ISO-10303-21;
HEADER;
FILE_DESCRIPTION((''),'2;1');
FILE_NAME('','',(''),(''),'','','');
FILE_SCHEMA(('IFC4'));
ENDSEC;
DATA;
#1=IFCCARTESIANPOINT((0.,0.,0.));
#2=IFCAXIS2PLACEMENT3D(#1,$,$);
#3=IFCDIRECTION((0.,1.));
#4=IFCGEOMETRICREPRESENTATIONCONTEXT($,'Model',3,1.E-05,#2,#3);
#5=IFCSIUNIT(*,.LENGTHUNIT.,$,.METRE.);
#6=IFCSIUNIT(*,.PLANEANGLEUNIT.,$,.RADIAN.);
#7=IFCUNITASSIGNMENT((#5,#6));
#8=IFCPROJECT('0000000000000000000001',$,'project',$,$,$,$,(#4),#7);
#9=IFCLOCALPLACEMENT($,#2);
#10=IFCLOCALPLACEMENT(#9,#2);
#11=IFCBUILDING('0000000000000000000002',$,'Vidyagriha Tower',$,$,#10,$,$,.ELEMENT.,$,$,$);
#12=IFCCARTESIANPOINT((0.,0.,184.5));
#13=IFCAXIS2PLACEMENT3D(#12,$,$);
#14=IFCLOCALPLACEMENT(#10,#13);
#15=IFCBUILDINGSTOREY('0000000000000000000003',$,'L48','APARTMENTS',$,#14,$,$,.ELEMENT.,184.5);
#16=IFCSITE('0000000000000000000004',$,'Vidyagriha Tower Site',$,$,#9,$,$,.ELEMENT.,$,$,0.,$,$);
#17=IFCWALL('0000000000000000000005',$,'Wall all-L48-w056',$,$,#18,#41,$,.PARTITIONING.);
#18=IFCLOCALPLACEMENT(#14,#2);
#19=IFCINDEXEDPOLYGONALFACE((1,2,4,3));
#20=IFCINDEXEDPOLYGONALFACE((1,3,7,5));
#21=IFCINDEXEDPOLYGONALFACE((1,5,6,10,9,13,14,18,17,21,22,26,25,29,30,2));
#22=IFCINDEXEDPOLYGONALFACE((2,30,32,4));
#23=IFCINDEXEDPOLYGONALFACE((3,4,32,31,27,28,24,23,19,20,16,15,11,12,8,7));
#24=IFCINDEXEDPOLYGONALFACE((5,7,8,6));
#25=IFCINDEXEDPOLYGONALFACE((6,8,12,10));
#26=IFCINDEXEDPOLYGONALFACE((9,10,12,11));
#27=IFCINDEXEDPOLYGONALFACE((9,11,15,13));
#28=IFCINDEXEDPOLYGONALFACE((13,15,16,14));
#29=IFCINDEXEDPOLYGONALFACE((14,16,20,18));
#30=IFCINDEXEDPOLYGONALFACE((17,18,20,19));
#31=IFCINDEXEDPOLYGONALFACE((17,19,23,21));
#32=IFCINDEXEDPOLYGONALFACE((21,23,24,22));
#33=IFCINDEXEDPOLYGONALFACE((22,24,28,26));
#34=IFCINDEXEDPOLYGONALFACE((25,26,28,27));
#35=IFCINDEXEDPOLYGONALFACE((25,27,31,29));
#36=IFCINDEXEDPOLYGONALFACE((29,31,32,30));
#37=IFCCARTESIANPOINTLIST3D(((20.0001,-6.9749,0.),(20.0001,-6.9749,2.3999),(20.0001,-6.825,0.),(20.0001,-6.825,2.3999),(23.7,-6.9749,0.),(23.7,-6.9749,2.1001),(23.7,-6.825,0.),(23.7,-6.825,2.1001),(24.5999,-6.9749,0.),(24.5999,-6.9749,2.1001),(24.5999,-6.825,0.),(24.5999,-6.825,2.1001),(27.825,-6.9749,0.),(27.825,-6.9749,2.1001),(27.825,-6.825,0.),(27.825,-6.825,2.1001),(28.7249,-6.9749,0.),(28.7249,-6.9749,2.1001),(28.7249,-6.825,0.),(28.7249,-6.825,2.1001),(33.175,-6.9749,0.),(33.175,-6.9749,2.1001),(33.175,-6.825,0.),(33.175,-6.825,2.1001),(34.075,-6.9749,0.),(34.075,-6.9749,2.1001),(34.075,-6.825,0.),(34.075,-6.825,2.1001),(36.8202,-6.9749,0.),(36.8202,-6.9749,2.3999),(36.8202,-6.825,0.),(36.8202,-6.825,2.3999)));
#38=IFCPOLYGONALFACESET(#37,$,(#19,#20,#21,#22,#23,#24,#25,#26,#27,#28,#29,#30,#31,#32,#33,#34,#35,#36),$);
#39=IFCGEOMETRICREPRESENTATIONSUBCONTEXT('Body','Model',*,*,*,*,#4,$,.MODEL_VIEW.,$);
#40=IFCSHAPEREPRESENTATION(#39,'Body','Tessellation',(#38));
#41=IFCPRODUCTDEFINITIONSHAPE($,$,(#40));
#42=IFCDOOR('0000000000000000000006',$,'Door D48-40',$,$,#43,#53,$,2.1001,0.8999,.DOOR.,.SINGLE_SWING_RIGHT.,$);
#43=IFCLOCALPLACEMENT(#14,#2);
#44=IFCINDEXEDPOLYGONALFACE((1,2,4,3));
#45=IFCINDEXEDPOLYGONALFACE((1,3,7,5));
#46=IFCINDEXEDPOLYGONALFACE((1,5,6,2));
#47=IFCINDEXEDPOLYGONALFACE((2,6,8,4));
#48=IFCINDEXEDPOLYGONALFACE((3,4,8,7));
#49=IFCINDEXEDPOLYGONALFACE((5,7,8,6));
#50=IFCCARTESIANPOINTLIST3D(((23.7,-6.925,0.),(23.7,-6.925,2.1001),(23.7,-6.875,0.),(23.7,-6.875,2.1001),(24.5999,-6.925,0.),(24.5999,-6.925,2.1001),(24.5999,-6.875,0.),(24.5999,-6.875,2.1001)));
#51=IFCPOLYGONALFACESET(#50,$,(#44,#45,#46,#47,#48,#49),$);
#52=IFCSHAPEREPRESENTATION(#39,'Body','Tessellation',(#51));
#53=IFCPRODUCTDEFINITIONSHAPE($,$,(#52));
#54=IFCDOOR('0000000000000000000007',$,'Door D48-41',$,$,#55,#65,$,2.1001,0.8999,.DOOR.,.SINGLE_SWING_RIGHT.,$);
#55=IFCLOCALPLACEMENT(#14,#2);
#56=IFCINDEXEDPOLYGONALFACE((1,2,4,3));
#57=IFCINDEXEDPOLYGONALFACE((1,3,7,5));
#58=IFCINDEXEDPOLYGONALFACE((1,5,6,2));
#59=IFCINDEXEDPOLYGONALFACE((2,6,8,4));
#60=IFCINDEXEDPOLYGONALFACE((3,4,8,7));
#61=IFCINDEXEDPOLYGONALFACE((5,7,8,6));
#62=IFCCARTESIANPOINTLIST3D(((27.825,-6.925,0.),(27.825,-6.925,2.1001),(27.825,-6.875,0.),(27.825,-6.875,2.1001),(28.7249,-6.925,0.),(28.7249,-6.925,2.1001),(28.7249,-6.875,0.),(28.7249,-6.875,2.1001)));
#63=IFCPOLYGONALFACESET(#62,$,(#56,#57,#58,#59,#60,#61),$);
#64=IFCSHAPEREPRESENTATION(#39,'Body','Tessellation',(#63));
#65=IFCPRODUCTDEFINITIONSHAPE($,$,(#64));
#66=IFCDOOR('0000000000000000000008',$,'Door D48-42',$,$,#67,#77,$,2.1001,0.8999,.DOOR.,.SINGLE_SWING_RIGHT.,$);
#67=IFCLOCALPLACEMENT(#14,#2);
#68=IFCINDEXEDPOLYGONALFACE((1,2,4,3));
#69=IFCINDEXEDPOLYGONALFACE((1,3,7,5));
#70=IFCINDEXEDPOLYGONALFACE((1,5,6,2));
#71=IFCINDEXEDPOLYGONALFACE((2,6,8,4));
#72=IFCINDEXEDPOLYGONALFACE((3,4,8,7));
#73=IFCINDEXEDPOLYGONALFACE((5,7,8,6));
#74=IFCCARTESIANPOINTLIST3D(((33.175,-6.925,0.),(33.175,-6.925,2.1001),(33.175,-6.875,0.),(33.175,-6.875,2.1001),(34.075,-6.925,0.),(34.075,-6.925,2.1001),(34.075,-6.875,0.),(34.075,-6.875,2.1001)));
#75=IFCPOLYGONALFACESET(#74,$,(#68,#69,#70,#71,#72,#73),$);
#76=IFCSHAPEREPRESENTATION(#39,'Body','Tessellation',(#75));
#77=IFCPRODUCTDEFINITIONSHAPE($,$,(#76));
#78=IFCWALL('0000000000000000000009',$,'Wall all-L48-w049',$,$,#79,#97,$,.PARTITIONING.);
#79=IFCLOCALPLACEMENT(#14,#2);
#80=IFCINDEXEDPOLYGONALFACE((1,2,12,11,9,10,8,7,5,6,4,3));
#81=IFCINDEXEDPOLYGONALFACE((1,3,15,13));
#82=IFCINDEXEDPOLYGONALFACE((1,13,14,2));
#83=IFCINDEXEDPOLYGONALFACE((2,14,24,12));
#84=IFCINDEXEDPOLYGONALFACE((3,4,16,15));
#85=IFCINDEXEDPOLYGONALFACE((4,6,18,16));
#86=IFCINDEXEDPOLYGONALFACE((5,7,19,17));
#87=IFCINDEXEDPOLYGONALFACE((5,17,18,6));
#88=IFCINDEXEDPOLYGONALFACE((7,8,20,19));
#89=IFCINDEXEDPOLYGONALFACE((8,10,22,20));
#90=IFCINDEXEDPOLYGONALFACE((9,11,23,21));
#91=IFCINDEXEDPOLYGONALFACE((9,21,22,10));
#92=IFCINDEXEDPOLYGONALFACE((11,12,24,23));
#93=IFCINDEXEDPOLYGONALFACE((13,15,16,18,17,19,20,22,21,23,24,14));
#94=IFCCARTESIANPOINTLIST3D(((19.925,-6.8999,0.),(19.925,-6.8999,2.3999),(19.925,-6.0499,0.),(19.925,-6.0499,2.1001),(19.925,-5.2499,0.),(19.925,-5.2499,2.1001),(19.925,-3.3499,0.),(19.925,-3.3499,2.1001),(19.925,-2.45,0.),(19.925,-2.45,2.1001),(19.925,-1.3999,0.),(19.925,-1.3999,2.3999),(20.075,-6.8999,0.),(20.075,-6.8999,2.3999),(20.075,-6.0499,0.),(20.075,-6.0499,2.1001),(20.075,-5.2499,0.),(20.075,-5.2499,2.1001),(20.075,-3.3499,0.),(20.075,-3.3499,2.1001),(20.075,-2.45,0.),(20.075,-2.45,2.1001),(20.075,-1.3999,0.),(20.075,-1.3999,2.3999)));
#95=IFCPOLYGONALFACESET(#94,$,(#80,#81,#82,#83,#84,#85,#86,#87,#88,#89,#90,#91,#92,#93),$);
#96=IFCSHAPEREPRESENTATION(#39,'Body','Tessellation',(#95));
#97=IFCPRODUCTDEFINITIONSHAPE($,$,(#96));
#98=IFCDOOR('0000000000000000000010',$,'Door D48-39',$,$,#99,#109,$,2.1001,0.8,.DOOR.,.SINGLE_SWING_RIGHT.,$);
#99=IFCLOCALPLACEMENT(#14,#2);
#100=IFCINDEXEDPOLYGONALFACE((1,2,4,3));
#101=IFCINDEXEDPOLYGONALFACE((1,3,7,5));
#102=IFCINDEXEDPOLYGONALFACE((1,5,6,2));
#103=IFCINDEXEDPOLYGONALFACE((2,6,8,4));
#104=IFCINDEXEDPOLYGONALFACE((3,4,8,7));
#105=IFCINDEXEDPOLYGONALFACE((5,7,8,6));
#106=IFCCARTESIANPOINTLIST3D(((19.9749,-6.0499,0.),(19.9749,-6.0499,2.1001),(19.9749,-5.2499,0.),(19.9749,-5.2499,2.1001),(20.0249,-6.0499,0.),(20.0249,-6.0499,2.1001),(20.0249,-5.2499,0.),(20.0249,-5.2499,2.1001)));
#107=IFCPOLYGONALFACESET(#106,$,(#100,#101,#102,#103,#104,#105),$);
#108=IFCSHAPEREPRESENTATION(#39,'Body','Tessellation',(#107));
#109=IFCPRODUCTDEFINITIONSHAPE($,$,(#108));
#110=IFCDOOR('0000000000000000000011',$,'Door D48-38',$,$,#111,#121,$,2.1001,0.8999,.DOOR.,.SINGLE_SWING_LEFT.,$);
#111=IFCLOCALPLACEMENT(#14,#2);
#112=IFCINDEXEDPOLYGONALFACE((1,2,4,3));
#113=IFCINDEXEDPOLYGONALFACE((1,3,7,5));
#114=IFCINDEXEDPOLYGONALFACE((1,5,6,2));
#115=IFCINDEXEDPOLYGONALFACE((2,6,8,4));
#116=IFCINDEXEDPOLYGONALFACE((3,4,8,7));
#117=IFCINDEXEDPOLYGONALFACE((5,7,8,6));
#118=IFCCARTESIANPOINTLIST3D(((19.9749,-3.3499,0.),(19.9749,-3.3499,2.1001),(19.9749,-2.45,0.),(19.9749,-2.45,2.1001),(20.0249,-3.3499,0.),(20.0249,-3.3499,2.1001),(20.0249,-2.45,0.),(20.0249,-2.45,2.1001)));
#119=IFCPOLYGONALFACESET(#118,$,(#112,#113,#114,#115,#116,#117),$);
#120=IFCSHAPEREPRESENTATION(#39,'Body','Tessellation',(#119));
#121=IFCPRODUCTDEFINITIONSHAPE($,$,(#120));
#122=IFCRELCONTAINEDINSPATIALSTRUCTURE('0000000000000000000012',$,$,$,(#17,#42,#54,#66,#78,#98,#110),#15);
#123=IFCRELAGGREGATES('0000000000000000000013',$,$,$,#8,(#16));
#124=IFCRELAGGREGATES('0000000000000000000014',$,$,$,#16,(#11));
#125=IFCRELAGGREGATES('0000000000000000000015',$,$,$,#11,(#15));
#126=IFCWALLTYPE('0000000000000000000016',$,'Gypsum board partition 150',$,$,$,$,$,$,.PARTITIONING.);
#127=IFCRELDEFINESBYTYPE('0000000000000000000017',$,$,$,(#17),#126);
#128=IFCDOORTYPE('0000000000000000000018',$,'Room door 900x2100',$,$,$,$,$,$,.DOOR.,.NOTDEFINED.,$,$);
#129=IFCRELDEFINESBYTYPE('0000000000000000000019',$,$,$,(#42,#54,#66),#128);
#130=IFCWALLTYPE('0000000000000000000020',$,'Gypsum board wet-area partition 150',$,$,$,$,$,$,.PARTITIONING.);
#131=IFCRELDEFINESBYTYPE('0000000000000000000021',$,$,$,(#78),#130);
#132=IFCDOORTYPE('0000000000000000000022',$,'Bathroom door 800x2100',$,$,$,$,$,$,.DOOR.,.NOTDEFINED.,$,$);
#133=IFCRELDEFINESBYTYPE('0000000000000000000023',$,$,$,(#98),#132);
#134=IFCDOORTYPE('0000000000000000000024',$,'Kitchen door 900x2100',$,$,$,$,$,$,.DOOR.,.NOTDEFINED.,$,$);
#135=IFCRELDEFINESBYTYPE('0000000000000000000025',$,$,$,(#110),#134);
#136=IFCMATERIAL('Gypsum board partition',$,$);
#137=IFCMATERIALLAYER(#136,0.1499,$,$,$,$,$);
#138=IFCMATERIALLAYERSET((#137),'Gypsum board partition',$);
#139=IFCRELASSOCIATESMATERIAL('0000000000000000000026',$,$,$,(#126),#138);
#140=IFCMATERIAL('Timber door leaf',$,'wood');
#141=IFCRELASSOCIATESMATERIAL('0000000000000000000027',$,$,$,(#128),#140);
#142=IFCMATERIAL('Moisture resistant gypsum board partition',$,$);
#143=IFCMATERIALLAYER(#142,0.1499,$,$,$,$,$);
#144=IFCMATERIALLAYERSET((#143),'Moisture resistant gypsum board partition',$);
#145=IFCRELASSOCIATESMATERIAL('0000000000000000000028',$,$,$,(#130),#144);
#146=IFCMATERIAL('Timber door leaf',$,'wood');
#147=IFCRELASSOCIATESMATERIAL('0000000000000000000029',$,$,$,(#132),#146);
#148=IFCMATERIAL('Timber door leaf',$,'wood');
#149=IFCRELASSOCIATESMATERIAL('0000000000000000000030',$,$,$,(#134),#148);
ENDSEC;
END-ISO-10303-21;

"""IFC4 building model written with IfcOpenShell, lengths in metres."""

from ifc_helpers import new_model, si_unit, direction, frame, frame_2d, origin, place, context, subcontext, project, spatial, rectangle, extrude, material, layer, layer_set, type_object, element, fill, save


model = new_model("IFC4")

# Units and contexts
model_context = context("Model", 3, precision=1e-05, world=origin(), true_north=direction((0.0, 1.0)))
body_context = subcontext(model_context, "Body", "Model", "MODEL_VIEW")
ifc_project = project(units=[si_unit("LENGTHUNIT", "METRE"), si_unit("PLANEANGLEUNIT", "RADIAN")], contexts=[model_context])

# Site, building, storey
site_placement = place(None, origin())
site = spatial("IfcSite", under=ifc_project, at=site_placement, Name="Vidyagriha Tower Site", CompositionType="ELEMENT", RefElevation=0.0)
building_placement = place(site_placement, origin())
building = spatial("IfcBuilding", under=site, at=building_placement, Name="Vidyagriha Tower", CompositionType="ELEMENT")
storey_placement = place(building_placement, frame((0.0, 0.0, 184.5)))
storey = spatial("IfcBuildingStorey", under=building, at=storey_placement, Name="L48", Description="APARTMENTS", CompositionType="ELEMENT", Elevation=184.5)

# Shared definitions
ifc_material_1 = material(Name="Gypsum board partition")
ifc_layer_1 = layer(ifc_material_1, 0.1499)
ifc_layer_set_1 = layer_set([ifc_layer_1], Name="Gypsum board partition")
wall_type_1 = type_object("IfcWallType", Name="Gypsum board partition 150", PredefinedType="PARTITIONING", material=ifc_layer_set_1)

# Shared definitions
ifc_material_2 = material(Name="Timber door leaf", Category="wood")
door_type_1 = type_object("IfcDoorType", Name="Room door 900x2100", OperationType="NOTDEFINED", PredefinedType="DOOR", material=ifc_material_2)

# Walls, openings, doors
wall_1_placement = place(storey_placement, frame((20.0, -6.8999, 0.0)))
wall_1 = element("IfcWall", 1, at=wall_1_placement, inside=storey, type_object=wall_type_1, Name="Wall all-L48-w056", PredefinedType="PARTITIONING", context=body_context, shape_type="SweptSolid", body=[
    extrude(rectangle(XDim=16.8201, YDim=0.1499, at=frame_2d((8.4102, 0.0))), origin(), (0.0, 0.0, 1.0), 2.3999),
])
opening_1_placement = place(wall_1_placement, frame((3.7, 0.0, 0.0)))
opening_1 = element("IfcOpeningElement", 2, at=opening_1_placement, cuts=wall_1, PredefinedType="OPENING", context=body_context, shape_type="SweptSolid", body=[
    extrude(rectangle(XDim=0.8999, YDim=2.1001, at=frame_2d((0.45, 1.05))), frame((0.0, 0.085, 0.0), z_axis=(0.0, -1.0, 0.0), x_axis=(1.0, 0.0, 0.0)), (0.0, 0.0, 1.0), 0.1699),
])
opening_2_placement = place(wall_1_placement, frame((7.825, 0.0, 0.0)))
opening_2 = element("IfcOpeningElement", 3, at=opening_2_placement, cuts=wall_1, PredefinedType="OPENING", context=body_context, shape_type="SweptSolid", body=[
    extrude(rectangle(XDim=0.8999, YDim=2.1001, at=frame_2d((0.45, 1.05))), frame((0.0, 0.085, 0.0), z_axis=(0.0, -1.0, 0.0), x_axis=(1.0, 0.0, 0.0)), (0.0, 0.0, 1.0), 0.1699),
])
opening_3_placement = place(wall_1_placement, frame((13.175, 0.0, 0.0)))
opening_3 = element("IfcOpeningElement", 4, at=opening_3_placement, cuts=wall_1, PredefinedType="OPENING", context=body_context, shape_type="SweptSolid", body=[
    extrude(rectangle(XDim=0.8999, YDim=2.1001, at=frame_2d((0.45, 1.05))), frame((0.0, 0.085, 0.0), z_axis=(0.0, -1.0, 0.0), x_axis=(1.0, 0.0, 0.0)), (0.0, 0.0, 1.0), 0.1699),
])
door_1_placement = place(opening_1_placement, origin())
door_1 = element("IfcDoor", 5, at=door_1_placement, inside=storey, type_object=door_type_1, Name="Door D48-40", OperationType="SINGLE_SWING_RIGHT", OverallHeight=2.1001, OverallWidth=0.8999, PredefinedType="DOOR", context=body_context, shape_type="SweptSolid", body=[
    extrude(rectangle(XDim=0.8999, YDim=2.1001, at=frame_2d((0.45, 1.05))), frame((0.0, 0.0249, 0.0), z_axis=(0.0, -1.0, 0.0), x_axis=(1.0, 0.0, 0.0)), (0.0, 0.0, 1.0), 0.05),
])
fill(opening_1, door_1)
door_2_placement = place(opening_2_placement, origin())
door_2 = element("IfcDoor", 6, at=door_2_placement, inside=storey, type_object=door_type_1, Name="Door D48-41", OperationType="SINGLE_SWING_RIGHT", OverallHeight=2.1001, OverallWidth=0.8999, PredefinedType="DOOR", context=body_context, shape_type="SweptSolid", body=[
    extrude(rectangle(XDim=0.8999, YDim=2.1001, at=frame_2d((0.45, 1.05))), frame((0.0, 0.0249, 0.0), z_axis=(0.0, -1.0, 0.0), x_axis=(1.0, 0.0, 0.0)), (0.0, 0.0, 1.0), 0.05),
])
fill(opening_2, door_2)
door_3_placement = place(opening_3_placement, origin())
door_3 = element("IfcDoor", 7, at=door_3_placement, inside=storey, type_object=door_type_1, Name="Door D48-42", OperationType="SINGLE_SWING_RIGHT", OverallHeight=2.1001, OverallWidth=0.8999, PredefinedType="DOOR", context=body_context, shape_type="SweptSolid", body=[
    extrude(rectangle(XDim=0.8999, YDim=2.1001, at=frame_2d((0.45, 1.05))), frame((0.0, 0.0249, 0.0), z_axis=(0.0, -1.0, 0.0), x_axis=(1.0, 0.0, 0.0)), (0.0, 0.0, 1.0), 0.05),
])
fill(opening_3, door_3)
ifc_material_3 = material(Name="Moisture resistant gypsum board partition")
ifc_layer_2 = layer(ifc_material_3, 0.1499)
ifc_layer_set_2 = layer_set([ifc_layer_2], Name="Moisture resistant gypsum board partition")
wall_type_2 = type_object("IfcWallType", Name="Gypsum board wet-area partition 150", PredefinedType="PARTITIONING", material=ifc_layer_set_2)
wall_2_placement = place(storey_placement, frame((20.0, -1.3999, 0.0), z_axis=(0.0, 0.0, 1.0), x_axis=(0.0, -1.0, 0.0)))
wall_2 = element("IfcWall", 8, at=wall_2_placement, inside=storey, type_object=wall_type_2, Name="Wall all-L48-w049", PredefinedType="PARTITIONING", context=body_context, shape_type="SweptSolid", body=[
    extrude(rectangle(XDim=5.5, YDim=0.1499, at=frame_2d((2.75, 0.0))), origin(), (0.0, 0.0, 1.0), 2.3999),
])
opening_4_placement = place(wall_2_placement, frame((1.05, 0.0, 0.0)))
opening_4 = element("IfcOpeningElement", 9, at=opening_4_placement, cuts=wall_2, PredefinedType="OPENING", context=body_context, shape_type="SweptSolid", body=[
    extrude(rectangle(XDim=0.8999, YDim=2.1001, at=frame_2d((0.45, 1.05))), frame((0.0, 0.085, 0.0), z_axis=(0.0, -1.0, 0.0), x_axis=(1.0, 0.0, 0.0)), (0.0, 0.0, 1.0), 0.1699),
])
opening_5_placement = place(wall_2_placement, frame((3.8501, 0.0, 0.0)))
opening_5 = element("IfcOpeningElement", 10, at=opening_5_placement, cuts=wall_2, PredefinedType="OPENING", context=body_context, shape_type="SweptSolid", body=[
    extrude(rectangle(XDim=0.8, YDim=2.1001, at=frame_2d((0.3999, 1.05))), frame((0.0, 0.085, 0.0), z_axis=(0.0, -1.0, 0.0), x_axis=(1.0, 0.0, 0.0)), (0.0, 0.0, 1.0), 0.1699),
])
ifc_material_4 = material(Name="Timber door leaf", Category="wood")
door_type_2 = type_object("IfcDoorType", Name="Bathroom door 800x2100", OperationType="NOTDEFINED", PredefinedType="DOOR", material=ifc_material_4)
door_4_placement = place(opening_5_placement, origin())
door_4 = element("IfcDoor", 11, at=door_4_placement, inside=storey, type_object=door_type_2, Name="Door D48-39", OperationType="SINGLE_SWING_RIGHT", OverallHeight=2.1001, OverallWidth=0.8, PredefinedType="DOOR", context=body_context, shape_type="SweptSolid", body=[
    extrude(rectangle(XDim=0.8, YDim=2.1001, at=frame_2d((0.3999, 1.05))), frame((0.0, 0.0249, 0.0), z_axis=(0.0, -1.0, 0.0), x_axis=(1.0, 0.0, 0.0)), (0.0, 0.0, 1.0), 0.05),
])
fill(opening_5, door_4)
ifc_material_5 = material(Name="Timber door leaf", Category="wood")
door_type_3 = type_object("IfcDoorType", Name="Kitchen door 900x2100", OperationType="NOTDEFINED", PredefinedType="DOOR", material=ifc_material_5)
door_5_placement = place(opening_4_placement, origin())
door_5 = element("IfcDoor", 12, at=door_5_placement, inside=storey, type_object=door_type_3, Name="Door D48-38", OperationType="SINGLE_SWING_LEFT", OverallHeight=2.1001, OverallWidth=0.8999, PredefinedType="DOOR", context=body_context, shape_type="SweptSolid", body=[
    extrude(rectangle(XDim=0.8999, YDim=2.1001, at=frame_2d((0.45, 1.05))), frame((0.0, 0.0249, 0.0), z_axis=(0.0, -1.0, 0.0), x_axis=(1.0, 0.0, 0.0)), (0.0, 0.0, 1.0), 0.05),
])
fill(opening_4, door_5)

save(model, "model.ifc")
